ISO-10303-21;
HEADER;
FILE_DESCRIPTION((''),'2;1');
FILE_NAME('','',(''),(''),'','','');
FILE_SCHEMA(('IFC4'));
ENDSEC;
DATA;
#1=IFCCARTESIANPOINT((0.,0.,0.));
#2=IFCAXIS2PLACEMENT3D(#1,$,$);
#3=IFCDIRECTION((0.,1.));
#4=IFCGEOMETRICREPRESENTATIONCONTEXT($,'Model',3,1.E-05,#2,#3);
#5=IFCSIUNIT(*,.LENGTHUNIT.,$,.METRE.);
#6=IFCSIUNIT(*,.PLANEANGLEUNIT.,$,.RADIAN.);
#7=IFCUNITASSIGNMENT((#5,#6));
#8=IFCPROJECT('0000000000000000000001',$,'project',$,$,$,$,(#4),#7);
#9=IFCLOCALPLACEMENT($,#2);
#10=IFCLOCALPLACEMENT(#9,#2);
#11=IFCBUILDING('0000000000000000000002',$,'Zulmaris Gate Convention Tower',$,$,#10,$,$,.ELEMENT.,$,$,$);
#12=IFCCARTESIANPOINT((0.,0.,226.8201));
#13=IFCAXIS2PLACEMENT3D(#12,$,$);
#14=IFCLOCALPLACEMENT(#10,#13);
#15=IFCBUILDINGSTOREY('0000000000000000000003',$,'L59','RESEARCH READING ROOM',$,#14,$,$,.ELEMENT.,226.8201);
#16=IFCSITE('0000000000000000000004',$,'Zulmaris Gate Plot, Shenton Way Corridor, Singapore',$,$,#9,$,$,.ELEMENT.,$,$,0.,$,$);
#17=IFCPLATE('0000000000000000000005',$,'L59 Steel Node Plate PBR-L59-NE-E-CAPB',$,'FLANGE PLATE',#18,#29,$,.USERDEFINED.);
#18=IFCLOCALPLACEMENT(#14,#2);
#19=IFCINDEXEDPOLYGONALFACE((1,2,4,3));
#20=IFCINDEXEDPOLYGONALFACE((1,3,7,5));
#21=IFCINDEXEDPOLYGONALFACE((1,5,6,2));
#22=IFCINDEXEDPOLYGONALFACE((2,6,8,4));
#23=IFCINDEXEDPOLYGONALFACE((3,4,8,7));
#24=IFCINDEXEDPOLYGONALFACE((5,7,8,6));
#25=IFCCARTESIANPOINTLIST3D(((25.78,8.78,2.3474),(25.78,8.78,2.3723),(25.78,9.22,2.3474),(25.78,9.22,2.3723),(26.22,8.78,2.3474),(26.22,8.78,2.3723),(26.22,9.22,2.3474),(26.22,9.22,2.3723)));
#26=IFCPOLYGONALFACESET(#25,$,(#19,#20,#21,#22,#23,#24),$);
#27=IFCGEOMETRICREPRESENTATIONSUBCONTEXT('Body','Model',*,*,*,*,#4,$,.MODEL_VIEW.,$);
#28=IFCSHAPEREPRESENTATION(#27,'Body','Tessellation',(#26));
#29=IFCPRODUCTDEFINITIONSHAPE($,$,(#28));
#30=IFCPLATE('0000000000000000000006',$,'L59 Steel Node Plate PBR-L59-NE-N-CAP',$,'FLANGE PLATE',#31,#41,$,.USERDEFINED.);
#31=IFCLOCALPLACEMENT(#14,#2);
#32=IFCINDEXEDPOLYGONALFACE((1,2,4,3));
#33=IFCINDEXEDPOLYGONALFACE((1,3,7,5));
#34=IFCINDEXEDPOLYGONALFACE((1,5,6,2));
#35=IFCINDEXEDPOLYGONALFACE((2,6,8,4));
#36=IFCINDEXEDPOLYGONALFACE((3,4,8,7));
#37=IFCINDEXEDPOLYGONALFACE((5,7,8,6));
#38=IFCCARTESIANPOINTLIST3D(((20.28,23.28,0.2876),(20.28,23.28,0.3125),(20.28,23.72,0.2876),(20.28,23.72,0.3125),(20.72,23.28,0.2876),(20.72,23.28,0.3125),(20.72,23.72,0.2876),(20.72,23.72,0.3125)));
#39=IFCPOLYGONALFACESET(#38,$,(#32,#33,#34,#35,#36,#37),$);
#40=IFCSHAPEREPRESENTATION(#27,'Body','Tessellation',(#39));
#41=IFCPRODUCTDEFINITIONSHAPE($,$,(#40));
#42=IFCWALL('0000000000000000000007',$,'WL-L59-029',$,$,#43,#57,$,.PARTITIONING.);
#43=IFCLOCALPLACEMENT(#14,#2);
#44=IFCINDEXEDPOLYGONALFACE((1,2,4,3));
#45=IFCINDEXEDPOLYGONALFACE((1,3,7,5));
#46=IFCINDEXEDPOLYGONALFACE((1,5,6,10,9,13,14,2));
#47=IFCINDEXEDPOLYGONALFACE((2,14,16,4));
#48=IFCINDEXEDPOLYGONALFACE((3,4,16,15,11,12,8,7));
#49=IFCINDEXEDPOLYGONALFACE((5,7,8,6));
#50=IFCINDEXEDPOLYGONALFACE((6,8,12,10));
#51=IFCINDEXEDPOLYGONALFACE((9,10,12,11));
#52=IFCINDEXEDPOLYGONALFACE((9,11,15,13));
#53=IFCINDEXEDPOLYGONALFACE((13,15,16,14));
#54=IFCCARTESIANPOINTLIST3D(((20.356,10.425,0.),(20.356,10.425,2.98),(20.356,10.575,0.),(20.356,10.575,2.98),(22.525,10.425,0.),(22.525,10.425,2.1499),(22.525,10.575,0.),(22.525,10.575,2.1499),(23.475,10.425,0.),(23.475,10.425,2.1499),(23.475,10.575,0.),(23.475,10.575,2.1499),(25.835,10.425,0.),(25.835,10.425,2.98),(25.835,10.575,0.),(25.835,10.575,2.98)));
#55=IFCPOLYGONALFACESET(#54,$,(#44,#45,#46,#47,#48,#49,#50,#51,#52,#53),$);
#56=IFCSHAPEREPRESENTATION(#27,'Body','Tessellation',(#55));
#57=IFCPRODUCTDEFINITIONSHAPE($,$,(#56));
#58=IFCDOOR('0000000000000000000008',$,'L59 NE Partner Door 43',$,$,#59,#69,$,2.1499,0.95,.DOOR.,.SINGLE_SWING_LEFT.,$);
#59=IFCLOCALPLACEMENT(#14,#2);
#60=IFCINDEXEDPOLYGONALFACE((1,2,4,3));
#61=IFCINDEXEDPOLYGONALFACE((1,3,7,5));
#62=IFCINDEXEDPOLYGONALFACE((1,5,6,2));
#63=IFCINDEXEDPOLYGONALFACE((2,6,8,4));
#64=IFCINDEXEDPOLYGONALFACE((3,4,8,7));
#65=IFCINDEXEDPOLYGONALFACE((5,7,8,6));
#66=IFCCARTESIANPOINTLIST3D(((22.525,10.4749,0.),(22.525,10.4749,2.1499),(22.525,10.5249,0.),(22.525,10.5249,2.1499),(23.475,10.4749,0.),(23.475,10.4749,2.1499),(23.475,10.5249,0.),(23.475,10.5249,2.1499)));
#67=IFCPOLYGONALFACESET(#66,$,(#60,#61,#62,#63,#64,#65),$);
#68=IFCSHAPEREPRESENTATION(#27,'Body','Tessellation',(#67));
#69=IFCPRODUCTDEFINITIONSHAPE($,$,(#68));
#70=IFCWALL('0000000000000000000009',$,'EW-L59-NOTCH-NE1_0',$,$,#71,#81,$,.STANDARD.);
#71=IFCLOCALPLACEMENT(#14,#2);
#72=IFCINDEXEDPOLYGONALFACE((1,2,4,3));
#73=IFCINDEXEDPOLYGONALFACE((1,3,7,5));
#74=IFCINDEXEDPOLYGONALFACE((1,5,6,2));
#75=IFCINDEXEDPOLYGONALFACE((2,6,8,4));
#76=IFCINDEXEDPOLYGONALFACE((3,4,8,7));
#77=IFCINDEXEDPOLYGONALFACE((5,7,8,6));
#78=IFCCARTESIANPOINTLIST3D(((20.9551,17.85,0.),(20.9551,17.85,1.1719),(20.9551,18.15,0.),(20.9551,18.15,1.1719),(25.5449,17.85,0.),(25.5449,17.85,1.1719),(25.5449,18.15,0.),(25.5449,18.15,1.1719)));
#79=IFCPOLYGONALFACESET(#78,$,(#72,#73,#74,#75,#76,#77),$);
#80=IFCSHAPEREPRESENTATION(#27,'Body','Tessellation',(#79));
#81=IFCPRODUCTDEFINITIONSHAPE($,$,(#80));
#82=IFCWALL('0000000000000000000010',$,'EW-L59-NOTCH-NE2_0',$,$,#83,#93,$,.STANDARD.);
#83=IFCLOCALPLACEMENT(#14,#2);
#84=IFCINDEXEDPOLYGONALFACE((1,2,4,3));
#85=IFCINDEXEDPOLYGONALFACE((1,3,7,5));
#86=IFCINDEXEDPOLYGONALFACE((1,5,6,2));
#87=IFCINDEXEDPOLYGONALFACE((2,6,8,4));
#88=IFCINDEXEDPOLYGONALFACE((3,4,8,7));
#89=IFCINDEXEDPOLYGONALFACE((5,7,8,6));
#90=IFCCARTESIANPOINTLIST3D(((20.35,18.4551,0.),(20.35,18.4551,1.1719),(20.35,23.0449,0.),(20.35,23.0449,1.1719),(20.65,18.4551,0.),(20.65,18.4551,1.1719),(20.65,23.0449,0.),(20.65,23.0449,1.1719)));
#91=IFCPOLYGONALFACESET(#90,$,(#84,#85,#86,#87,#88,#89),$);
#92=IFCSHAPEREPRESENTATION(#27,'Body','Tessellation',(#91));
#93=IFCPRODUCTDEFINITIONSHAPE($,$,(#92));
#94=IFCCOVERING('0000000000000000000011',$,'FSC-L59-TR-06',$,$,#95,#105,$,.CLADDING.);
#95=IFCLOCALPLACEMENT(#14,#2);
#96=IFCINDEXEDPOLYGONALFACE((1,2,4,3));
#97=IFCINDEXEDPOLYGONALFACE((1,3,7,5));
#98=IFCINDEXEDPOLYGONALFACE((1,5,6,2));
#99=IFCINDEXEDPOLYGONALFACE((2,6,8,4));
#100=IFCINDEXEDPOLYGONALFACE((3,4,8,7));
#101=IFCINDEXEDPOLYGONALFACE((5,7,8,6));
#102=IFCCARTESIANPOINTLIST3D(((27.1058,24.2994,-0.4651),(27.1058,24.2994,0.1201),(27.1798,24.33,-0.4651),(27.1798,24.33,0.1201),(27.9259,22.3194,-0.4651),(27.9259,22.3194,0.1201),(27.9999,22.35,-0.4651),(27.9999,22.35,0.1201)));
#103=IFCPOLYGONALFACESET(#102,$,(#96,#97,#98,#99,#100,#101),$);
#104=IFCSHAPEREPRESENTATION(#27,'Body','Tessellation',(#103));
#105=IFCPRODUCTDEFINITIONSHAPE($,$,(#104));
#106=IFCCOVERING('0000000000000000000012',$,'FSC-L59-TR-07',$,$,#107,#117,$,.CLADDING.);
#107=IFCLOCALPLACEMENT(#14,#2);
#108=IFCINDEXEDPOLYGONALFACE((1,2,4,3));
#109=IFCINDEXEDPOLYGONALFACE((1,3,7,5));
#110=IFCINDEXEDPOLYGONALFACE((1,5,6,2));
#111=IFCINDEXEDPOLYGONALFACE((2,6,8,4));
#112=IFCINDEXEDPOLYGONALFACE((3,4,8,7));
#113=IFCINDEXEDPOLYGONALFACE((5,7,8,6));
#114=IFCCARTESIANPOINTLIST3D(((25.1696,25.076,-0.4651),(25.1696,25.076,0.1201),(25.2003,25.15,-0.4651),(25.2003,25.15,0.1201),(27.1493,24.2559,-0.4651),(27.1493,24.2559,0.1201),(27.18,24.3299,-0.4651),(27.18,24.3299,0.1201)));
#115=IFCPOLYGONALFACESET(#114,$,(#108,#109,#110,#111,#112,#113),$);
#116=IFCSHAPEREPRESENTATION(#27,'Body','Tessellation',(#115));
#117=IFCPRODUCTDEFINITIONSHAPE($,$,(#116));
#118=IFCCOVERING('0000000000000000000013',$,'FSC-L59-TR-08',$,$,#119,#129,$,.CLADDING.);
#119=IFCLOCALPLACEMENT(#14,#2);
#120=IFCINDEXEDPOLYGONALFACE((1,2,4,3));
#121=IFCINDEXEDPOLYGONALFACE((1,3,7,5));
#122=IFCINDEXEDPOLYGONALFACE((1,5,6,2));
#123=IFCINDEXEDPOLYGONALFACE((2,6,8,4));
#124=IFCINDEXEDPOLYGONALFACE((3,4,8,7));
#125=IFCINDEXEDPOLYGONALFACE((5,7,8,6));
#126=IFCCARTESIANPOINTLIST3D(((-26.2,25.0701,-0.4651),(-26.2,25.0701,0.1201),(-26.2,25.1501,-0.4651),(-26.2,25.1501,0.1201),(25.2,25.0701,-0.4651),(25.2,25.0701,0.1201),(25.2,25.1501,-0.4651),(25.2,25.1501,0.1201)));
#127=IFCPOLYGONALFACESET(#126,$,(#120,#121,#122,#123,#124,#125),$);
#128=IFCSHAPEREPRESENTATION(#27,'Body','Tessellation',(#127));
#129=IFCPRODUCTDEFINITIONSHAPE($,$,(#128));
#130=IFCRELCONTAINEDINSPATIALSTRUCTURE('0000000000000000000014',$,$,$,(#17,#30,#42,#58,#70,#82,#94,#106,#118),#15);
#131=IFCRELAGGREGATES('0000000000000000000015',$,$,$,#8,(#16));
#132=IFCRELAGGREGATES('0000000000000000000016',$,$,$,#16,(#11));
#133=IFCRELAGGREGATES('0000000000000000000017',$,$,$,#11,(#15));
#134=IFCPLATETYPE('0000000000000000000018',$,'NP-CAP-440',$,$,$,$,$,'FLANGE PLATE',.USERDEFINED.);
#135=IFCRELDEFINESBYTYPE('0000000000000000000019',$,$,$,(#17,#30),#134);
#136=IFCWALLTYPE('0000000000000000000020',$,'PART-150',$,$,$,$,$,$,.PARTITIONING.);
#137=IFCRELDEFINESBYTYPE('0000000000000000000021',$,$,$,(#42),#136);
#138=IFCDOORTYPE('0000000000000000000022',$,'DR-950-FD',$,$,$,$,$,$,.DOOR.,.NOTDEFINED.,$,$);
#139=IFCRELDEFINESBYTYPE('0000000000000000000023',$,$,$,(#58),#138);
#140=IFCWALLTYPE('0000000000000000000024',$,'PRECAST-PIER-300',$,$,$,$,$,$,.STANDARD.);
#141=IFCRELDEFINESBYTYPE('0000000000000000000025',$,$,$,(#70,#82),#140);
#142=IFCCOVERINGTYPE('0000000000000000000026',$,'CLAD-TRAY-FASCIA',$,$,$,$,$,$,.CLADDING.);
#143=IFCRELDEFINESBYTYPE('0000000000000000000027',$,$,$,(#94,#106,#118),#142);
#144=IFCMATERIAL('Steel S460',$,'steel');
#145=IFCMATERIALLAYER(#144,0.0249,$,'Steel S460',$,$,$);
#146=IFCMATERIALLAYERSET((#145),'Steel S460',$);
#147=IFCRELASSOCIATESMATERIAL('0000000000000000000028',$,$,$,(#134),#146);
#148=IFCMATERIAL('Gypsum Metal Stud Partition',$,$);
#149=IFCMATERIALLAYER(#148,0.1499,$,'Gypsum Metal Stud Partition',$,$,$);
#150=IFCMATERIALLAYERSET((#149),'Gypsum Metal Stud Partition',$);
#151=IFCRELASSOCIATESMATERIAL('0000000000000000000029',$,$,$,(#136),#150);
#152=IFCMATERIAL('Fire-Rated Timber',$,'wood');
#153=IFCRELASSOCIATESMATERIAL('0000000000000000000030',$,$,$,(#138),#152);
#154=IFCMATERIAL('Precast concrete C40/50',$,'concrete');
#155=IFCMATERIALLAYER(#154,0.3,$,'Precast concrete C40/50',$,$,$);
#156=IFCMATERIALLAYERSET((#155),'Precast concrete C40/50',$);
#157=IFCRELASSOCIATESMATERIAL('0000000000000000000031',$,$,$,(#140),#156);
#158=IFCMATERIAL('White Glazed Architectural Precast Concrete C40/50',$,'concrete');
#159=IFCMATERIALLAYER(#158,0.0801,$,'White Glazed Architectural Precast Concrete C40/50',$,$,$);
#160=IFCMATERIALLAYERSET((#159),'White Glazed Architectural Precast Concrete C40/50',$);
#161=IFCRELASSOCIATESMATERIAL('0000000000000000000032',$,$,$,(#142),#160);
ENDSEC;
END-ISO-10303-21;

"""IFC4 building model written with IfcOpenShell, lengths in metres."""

from ifc_helpers import new_model, si_unit, direction, frame, frame_2d, origin, origin_2d, place, context, subcontext, project, spatial, rectangle, extrude, material, layer, layer_set, type_object, element, fill, save


model = new_model("IFC4")

# Units and contexts
model_context = context("Model", 3, precision=1e-05, world=origin(), true_north=direction((0.0, 1.0)))
body_context = subcontext(model_context, "Body", "Model", "MODEL_VIEW")
ifc_project = project(units=[si_unit("LENGTHUNIT", "METRE"), si_unit("PLANEANGLEUNIT", "RADIAN")], contexts=[model_context])

# Site, building, storey
site_placement = place(None, origin())
site = spatial("IfcSite", under=ifc_project, at=site_placement, Name="Zulmaris Gate Plot, Shenton Way Corridor, Singapore", CompositionType="ELEMENT", RefElevation=0.0)
building_placement = place(site_placement, origin())
building = spatial("IfcBuilding", under=site, at=building_placement, Name="Zulmaris Gate Convention Tower", CompositionType="ELEMENT")
storey_placement = place(building_placement, frame((0.0, 0.0, 226.8201)))
storey = spatial("IfcBuildingStorey", under=building, at=storey_placement, Name="L59", Description="RESEARCH READING ROOM", CompositionType="ELEMENT", Elevation=226.8201)

# Plates
ifc_material_1 = material(Name="Steel S460", Category="steel")
ifc_layer_1 = layer(ifc_material_1, 0.0249, Name="Steel S460")
ifc_layer_set_1 = layer_set([ifc_layer_1], Name="Steel S460")
plate_type = type_object("IfcPlateType", Name="NP-CAP-440", ElementType="FLANGE PLATE", PredefinedType="USERDEFINED", material=ifc_layer_set_1)
for number, where, z_axis, x_axis, name in (
    (1, (26.0, 9.0, 2.3474), (0.0, 0.0, 1.0), (1.0, 0.0, 0.0), "L59 Steel Node Plate PBR-L59-NE-E-CAPB"),
    (2, (20.5, 23.5, 0.2876), (0.0, 0.0, 1.0), (1.0, 0.0, 0.0), "L59 Steel Node Plate PBR-L59-NE-N-CAP"),
):
    element("IfcPlate", number, at=place(storey_placement, frame(where, z_axis=z_axis, x_axis=x_axis)), inside=storey, type_object=plate_type, Name=name, ObjectType="FLANGE PLATE", PredefinedType="USERDEFINED", context=body_context, shape_type="SweptSolid", body=[
        extrude(rectangle(XDim=0.4399, YDim=0.4399, at=origin_2d()), origin(), (0.0, 0.0, 1.0), 0.0249),
    ])

# Wall, opening, door
ifc_material_2 = material(Name="Gypsum Metal Stud Partition")
ifc_layer_2 = layer(ifc_material_2, 0.1499, Name="Gypsum Metal Stud Partition")
ifc_layer_set_2 = layer_set([ifc_layer_2], Name="Gypsum Metal Stud Partition")
wall_type_1 = type_object("IfcWallType", Name="PART-150", PredefinedType="PARTITIONING", material=ifc_layer_set_2)
wall_1_placement = place(storey_placement, frame((20.356, 10.5, 0.0), z_axis=(0.0, 0.0, 1.0), x_axis=(1.0, 0.0, 0.0)))
wall_1 = element("IfcWall", 3, at=wall_1_placement, inside=storey, type_object=wall_type_1, Name="WL-L59-029", PredefinedType="PARTITIONING", context=body_context, shape_type="SweptSolid", body=[
    extrude(rectangle(XDim=5.479, YDim=0.1499, at=frame_2d((2.7395, 0.0))), origin(), (0.0, 0.0, 1.0), 2.98),
])
opening_1_placement = place(wall_1_placement, frame((2.1689, 0.0, 0.0)))
opening_1 = element("IfcOpeningElement", 4, at=opening_1_placement, cuts=wall_1, PredefinedType="OPENING", context=body_context, shape_type="SweptSolid", body=[
    extrude(rectangle(XDim=0.95, YDim=2.1499, at=frame_2d((0.4751, 1.075))), frame((0.0, 0.085, 0.0), z_axis=(0.0, -1.0, 0.0), x_axis=(1.0, 0.0, 0.0)), (0.0, 0.0, 1.0), 0.1699),
])
ifc_material_3 = material(Name="Fire-Rated Timber", Category="wood")
door_type_1 = type_object("IfcDoorType", Name="DR-950-FD", OperationType="NOTDEFINED", PredefinedType="DOOR", material=ifc_material_3)
door_1_placement = place(opening_1_placement, origin())
door_1 = element("IfcDoor", 5, at=door_1_placement, inside=storey, type_object=door_type_1, Name="L59 NE Partner Door 43", OperationType="SINGLE_SWING_LEFT", OverallHeight=2.1499, OverallWidth=0.95, PredefinedType="DOOR", context=body_context, shape_type="SweptSolid", body=[
    extrude(rectangle(XDim=0.95, YDim=2.1499, at=frame_2d((0.4751, 1.075))), frame((0.0, 0.0249, 0.0), z_axis=(0.0, -1.0, 0.0), x_axis=(1.0, 0.0, 0.0)), (0.0, 0.0, 1.0), 0.05),
])
fill(opening_1, door_1)

# Walls
ifc_material_4 = material(Name="Precast concrete C40/50", Category="concrete")
ifc_layer_3 = layer(ifc_material_4, 0.3, Name="Precast concrete C40/50")
ifc_layer_set_3 = layer_set([ifc_layer_3], Name="Precast concrete C40/50")
wall_type_2 = type_object("IfcWallType", Name="PRECAST-PIER-300", PredefinedType="STANDARD", material=ifc_layer_set_3)
for number, where, z_axis, x_axis, name in (
    (6, (25.5449, 18.0, 0.0), (0.0, 0.0, 1.0), (-1.0, 0.0, 0.0), "EW-L59-NOTCH-NE1_0"),
    (7, (20.5, 18.4551, 0.0), (0.0, 0.0, 1.0), (0.0, 1.0, 0.0), "EW-L59-NOTCH-NE2_0"),
):
    element("IfcWall", number, at=place(storey_placement, frame(where, z_axis=z_axis, x_axis=x_axis)), inside=storey, type_object=wall_type_2, Name=name, PredefinedType="STANDARD", context=body_context, shape_type="SweptSolid", body=[
        extrude(rectangle(XDim=4.5898, YDim=0.3, at=frame_2d((2.2949, 0.0))), origin(), (0.0, 0.0, 1.0), 1.1719),
    ])

# Coverings
ifc_material_5 = material(Name="White Glazed Architectural Precast Concrete C40/50", Category="concrete")
ifc_layer_4 = layer(ifc_material_5, 0.0801, Name="White Glazed Architectural Precast Concrete C40/50")
ifc_layer_set_4 = layer_set([ifc_layer_4], Name="White Glazed Architectural Precast Concrete C40/50")
covering_type = type_object("IfcCoveringType", Name="CLAD-TRAY-FASCIA", PredefinedType="CLADDING", material=ifc_layer_set_4)
covering_1_placement = place(storey_placement, frame((27.9629, 22.3347, -0.4651), z_axis=(0.0, 0.0, 1.0), x_axis=(-0.382657, 0.92389, 0.0)))
element("IfcCovering", 8, at=covering_1_placement, inside=storey, type_object=covering_type, Name="FSC-L59-TR-06", PredefinedType="CLADDING", context=body_context, shape_type="SweptSolid", body=[
    extrude(rectangle(XDim=2.1431, YDim=0.0801, at=frame_2d((1.0715, 0.0))), origin(), (0.0, 0.0, 1.0), 0.5852),
])
covering_2_placement = place(storey_placement, frame((27.1646, 24.293, -0.4651), z_axis=(0.0, 0.0, 1.0), x_axis=(-0.923874, 0.382697, 0.0)))
element("IfcCovering", 9, at=covering_2_placement, inside=storey, type_object=covering_type, Name="FSC-L59-TR-07", PredefinedType="CLADDING", context=body_context, shape_type="SweptSolid", body=[
    extrude(rectangle(XDim=2.1428, YDim=0.0801, at=frame_2d((1.0713, 0.0))), origin(), (0.0, 0.0, 1.0), 0.5852),
])
covering_3_placement = place(storey_placement, frame((25.2, 25.1101, -0.4651), z_axis=(0.0, 0.0, 1.0), x_axis=(-1.0, 0.0, 0.0)))
element("IfcCovering", 10, at=covering_3_placement, inside=storey, type_object=covering_type, Name="FSC-L59-TR-08", PredefinedType="CLADDING", context=body_context, shape_type="SweptSolid", body=[
    extrude(rectangle(XDim=51.3999, YDim=0.0801, at=frame_2d((25.7, 0.0))), origin(), (0.0, 0.0, 1.0), 0.5852),
])

save(model, "model.ifc")
